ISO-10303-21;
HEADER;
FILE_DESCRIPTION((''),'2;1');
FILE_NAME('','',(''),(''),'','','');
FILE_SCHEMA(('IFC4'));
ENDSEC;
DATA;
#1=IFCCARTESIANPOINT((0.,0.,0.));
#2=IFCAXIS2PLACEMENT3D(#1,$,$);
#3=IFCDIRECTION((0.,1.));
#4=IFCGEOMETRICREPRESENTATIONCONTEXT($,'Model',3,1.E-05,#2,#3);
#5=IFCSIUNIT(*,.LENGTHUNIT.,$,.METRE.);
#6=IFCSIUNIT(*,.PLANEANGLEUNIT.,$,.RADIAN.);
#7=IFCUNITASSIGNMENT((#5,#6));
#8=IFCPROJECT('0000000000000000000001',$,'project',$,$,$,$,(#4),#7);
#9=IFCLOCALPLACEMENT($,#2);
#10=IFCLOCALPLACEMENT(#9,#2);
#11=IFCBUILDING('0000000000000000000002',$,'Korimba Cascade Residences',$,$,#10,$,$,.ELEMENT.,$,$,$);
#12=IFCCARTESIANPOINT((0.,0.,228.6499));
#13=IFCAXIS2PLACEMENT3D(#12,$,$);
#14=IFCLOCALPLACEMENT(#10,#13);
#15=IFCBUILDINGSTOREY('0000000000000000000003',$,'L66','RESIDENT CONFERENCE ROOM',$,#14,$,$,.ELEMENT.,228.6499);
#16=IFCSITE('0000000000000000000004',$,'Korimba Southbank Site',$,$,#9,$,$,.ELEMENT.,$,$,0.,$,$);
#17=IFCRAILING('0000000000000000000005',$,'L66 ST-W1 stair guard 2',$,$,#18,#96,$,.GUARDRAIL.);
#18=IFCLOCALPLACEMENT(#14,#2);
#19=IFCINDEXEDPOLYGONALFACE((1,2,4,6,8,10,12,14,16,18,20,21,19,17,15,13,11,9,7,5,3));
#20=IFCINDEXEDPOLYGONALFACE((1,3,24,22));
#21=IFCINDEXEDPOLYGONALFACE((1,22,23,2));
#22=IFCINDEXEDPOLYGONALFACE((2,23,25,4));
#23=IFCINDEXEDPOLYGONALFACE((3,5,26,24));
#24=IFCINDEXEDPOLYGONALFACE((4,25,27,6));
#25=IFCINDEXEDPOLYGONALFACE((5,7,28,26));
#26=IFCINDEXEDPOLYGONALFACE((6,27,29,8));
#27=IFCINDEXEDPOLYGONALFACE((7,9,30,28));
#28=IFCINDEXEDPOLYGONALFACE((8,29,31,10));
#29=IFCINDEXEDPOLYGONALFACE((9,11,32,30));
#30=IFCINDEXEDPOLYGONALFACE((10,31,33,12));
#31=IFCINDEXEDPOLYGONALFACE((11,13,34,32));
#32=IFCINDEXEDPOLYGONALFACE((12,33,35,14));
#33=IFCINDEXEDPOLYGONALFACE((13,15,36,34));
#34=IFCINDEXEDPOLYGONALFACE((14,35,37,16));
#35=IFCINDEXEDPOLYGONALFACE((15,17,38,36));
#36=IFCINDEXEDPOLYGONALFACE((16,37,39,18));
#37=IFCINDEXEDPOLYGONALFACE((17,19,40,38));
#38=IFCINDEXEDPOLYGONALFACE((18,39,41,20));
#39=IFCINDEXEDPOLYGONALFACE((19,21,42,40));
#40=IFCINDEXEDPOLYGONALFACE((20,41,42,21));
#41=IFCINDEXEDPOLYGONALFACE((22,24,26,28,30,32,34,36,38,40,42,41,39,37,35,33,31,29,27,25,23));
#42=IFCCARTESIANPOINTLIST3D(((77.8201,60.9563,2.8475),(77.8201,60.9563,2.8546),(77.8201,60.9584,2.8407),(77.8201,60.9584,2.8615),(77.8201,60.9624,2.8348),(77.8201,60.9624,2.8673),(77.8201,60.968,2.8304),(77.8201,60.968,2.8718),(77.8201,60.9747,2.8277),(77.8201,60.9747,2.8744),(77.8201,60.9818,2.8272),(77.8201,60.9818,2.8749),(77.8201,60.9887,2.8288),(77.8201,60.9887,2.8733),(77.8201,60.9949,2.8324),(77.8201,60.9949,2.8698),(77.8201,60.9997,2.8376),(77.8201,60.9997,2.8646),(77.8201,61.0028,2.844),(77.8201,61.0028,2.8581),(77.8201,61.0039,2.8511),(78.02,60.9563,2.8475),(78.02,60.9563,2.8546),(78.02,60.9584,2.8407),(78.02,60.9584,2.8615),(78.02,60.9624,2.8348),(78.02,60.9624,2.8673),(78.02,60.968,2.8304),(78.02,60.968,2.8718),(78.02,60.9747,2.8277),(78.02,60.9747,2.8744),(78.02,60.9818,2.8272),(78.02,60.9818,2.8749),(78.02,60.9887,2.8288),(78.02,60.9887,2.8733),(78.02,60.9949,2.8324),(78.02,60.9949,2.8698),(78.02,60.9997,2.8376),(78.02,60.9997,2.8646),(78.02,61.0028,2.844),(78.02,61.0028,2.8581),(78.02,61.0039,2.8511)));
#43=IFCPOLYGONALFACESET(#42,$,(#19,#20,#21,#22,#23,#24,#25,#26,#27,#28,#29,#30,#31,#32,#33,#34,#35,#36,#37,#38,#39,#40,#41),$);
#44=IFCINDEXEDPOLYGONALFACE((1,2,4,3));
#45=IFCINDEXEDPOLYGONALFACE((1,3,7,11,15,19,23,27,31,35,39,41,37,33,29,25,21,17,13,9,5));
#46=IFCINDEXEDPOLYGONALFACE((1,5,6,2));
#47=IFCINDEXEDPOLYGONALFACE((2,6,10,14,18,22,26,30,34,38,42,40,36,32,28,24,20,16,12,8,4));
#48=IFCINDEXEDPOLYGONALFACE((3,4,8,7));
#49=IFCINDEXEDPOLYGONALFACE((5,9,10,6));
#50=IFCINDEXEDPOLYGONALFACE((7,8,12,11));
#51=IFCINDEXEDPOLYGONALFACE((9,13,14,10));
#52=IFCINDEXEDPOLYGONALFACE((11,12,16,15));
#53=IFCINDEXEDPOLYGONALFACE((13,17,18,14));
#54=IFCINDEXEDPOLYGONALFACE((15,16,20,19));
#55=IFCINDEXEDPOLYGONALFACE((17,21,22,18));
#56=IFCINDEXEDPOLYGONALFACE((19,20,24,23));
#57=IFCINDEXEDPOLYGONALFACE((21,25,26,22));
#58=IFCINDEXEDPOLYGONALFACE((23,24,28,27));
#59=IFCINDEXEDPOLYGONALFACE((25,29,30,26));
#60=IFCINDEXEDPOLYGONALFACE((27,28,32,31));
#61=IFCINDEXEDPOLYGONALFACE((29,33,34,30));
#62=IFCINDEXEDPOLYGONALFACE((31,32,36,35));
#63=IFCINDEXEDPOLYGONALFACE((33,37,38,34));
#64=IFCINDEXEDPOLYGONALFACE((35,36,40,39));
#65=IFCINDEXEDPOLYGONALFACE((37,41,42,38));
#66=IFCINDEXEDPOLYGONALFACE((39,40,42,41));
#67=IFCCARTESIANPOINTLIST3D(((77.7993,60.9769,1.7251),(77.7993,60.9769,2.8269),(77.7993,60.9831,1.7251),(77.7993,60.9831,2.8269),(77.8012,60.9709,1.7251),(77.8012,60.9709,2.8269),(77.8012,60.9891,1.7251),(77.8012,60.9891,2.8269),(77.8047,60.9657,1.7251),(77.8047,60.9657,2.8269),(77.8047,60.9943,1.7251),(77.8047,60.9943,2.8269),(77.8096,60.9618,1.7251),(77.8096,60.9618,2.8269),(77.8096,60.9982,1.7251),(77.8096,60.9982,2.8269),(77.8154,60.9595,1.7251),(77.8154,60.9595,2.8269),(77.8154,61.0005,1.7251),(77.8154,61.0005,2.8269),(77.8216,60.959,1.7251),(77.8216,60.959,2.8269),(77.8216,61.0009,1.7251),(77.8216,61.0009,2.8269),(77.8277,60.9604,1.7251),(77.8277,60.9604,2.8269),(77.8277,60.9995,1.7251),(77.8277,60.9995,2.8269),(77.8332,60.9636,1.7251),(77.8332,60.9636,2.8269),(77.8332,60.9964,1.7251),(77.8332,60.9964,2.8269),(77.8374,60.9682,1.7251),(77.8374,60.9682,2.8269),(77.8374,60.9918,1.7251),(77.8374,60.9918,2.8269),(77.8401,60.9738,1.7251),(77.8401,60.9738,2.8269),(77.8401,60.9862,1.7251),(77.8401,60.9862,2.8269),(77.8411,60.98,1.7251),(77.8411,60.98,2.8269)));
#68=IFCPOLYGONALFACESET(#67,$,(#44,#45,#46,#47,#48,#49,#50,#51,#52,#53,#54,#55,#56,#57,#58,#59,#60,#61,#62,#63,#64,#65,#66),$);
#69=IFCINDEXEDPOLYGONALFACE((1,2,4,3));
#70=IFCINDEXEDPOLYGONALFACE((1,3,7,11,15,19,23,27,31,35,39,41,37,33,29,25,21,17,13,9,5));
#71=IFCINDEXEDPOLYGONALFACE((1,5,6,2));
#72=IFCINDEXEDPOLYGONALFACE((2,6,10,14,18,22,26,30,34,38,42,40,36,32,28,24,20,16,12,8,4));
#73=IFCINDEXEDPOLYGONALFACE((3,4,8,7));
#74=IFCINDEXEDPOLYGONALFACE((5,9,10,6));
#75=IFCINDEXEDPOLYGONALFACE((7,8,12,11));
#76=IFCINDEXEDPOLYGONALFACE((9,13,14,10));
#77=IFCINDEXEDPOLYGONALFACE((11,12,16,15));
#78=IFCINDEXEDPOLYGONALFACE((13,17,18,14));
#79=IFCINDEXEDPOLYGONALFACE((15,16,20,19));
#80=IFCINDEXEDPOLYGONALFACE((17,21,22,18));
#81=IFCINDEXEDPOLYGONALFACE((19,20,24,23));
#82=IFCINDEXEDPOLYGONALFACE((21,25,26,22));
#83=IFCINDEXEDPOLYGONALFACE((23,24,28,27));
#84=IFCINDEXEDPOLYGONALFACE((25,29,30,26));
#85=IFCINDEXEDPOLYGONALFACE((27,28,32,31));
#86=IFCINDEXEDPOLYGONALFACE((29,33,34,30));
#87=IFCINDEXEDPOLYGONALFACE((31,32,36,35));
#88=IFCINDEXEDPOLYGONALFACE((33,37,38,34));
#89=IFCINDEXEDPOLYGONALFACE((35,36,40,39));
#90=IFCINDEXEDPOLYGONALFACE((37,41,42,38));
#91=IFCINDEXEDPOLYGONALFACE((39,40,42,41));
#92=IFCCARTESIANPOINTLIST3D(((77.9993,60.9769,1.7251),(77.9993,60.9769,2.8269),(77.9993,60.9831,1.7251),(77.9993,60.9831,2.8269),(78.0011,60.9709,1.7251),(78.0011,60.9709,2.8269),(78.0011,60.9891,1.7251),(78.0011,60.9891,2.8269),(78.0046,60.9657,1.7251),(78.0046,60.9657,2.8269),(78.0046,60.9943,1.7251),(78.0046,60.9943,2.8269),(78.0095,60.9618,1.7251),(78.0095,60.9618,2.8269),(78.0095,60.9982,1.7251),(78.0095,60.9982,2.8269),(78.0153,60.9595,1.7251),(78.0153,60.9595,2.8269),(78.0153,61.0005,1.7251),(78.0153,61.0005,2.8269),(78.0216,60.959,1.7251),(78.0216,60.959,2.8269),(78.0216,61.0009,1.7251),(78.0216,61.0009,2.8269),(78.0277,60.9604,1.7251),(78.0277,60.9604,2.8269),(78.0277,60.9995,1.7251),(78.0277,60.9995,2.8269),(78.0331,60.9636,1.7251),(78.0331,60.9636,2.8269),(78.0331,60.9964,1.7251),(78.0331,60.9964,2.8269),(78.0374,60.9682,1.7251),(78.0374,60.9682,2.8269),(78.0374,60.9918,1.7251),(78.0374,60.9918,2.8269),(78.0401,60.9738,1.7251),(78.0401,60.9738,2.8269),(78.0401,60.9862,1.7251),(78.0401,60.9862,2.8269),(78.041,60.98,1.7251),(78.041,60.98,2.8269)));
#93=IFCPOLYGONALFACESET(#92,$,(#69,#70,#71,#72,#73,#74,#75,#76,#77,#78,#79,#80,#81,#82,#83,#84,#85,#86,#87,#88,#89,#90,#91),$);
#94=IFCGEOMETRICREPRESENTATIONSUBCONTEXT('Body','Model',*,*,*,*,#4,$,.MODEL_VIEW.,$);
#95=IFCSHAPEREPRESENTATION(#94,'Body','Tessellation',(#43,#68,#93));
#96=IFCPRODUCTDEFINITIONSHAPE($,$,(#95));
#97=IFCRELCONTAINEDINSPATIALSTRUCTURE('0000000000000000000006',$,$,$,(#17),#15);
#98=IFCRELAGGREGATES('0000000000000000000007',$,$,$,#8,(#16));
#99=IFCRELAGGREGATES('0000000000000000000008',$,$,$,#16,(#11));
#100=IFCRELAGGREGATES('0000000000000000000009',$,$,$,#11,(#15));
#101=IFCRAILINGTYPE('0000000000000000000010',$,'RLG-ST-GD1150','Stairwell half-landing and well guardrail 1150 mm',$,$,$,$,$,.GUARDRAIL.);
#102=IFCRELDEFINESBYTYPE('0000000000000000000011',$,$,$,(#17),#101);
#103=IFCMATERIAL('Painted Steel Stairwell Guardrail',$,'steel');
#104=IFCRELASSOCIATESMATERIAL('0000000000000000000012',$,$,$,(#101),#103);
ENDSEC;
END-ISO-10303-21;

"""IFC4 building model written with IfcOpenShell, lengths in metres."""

from ifc_helpers import new_model, si_unit, direction, frame, origin, origin_2d, place, context, subcontext, project, spatial, circle, extrude, material, type_object, element, save


model = new_model("IFC4")

# Units and contexts
model_context = context("Model", 3, precision=1e-05, world=origin(), true_north=direction((0.0, 1.0)))
body_context = subcontext(model_context, "Body", "Model", "MODEL_VIEW")
ifc_project = project(units=[si_unit("LENGTHUNIT", "METRE"), si_unit("PLANEANGLEUNIT", "RADIAN")], contexts=[model_context])

# Site, building, storey
site_placement = place(None, origin())
site = spatial("IfcSite", under=ifc_project, at=site_placement, Name="Korimba Southbank Site", CompositionType="ELEMENT", RefElevation=0.0)
building_placement = place(site_placement, origin())
building = spatial("IfcBuilding", under=site, at=building_placement, Name="Korimba Cascade Residences", CompositionType="ELEMENT")
storey_placement = place(building_placement, frame((0.0, 0.0, 228.6499)))
storey = spatial("IfcBuildingStorey", under=building, at=storey_placement, Name="L66", Description="RESIDENT CONFERENCE ROOM", CompositionType="ELEMENT", Elevation=228.6499)

# Railing
ifc_material_1 = material(Name="Painted Steel Stairwell Guardrail", Category="steel")
railing_type_1 = type_object("IfcRailingType", Name="RLG-ST-GD1150", Description="Stairwell half-landing and well guardrail 1150 mm", PredefinedType="GUARDRAIL", material=ifc_material_1)
railing_1_placement = place(storey_placement, frame((77.8201, 60.98, 1.7251)))
element("IfcRailing", 1, at=railing_1_placement, inside=storey, type_object=railing_type_1, Name="L66 ST-W1 stair guard 2", PredefinedType="GUARDRAIL", context=body_context, shape_type="SweptSolid", body=[
    extrude(circle(Radius=0.0239, at=origin_2d()), frame((0.0, 0.0, 1.126), z_axis=(1.0, 0.0, 0.0), x_axis=(0.0, 1.0, 0.0)), (0.0, 0.0, 1.0), 0.2),
    extrude(circle(Radius=0.021, at=origin_2d()), origin(), (0.0, 0.0, 1.0), 1.1018),
    extrude(circle(Radius=0.021, at=origin_2d()), frame((0.2, 0.0, 0.0)), (0.0, 0.0, 1.0), 1.1018),
])

save(model, "model.ifc")
